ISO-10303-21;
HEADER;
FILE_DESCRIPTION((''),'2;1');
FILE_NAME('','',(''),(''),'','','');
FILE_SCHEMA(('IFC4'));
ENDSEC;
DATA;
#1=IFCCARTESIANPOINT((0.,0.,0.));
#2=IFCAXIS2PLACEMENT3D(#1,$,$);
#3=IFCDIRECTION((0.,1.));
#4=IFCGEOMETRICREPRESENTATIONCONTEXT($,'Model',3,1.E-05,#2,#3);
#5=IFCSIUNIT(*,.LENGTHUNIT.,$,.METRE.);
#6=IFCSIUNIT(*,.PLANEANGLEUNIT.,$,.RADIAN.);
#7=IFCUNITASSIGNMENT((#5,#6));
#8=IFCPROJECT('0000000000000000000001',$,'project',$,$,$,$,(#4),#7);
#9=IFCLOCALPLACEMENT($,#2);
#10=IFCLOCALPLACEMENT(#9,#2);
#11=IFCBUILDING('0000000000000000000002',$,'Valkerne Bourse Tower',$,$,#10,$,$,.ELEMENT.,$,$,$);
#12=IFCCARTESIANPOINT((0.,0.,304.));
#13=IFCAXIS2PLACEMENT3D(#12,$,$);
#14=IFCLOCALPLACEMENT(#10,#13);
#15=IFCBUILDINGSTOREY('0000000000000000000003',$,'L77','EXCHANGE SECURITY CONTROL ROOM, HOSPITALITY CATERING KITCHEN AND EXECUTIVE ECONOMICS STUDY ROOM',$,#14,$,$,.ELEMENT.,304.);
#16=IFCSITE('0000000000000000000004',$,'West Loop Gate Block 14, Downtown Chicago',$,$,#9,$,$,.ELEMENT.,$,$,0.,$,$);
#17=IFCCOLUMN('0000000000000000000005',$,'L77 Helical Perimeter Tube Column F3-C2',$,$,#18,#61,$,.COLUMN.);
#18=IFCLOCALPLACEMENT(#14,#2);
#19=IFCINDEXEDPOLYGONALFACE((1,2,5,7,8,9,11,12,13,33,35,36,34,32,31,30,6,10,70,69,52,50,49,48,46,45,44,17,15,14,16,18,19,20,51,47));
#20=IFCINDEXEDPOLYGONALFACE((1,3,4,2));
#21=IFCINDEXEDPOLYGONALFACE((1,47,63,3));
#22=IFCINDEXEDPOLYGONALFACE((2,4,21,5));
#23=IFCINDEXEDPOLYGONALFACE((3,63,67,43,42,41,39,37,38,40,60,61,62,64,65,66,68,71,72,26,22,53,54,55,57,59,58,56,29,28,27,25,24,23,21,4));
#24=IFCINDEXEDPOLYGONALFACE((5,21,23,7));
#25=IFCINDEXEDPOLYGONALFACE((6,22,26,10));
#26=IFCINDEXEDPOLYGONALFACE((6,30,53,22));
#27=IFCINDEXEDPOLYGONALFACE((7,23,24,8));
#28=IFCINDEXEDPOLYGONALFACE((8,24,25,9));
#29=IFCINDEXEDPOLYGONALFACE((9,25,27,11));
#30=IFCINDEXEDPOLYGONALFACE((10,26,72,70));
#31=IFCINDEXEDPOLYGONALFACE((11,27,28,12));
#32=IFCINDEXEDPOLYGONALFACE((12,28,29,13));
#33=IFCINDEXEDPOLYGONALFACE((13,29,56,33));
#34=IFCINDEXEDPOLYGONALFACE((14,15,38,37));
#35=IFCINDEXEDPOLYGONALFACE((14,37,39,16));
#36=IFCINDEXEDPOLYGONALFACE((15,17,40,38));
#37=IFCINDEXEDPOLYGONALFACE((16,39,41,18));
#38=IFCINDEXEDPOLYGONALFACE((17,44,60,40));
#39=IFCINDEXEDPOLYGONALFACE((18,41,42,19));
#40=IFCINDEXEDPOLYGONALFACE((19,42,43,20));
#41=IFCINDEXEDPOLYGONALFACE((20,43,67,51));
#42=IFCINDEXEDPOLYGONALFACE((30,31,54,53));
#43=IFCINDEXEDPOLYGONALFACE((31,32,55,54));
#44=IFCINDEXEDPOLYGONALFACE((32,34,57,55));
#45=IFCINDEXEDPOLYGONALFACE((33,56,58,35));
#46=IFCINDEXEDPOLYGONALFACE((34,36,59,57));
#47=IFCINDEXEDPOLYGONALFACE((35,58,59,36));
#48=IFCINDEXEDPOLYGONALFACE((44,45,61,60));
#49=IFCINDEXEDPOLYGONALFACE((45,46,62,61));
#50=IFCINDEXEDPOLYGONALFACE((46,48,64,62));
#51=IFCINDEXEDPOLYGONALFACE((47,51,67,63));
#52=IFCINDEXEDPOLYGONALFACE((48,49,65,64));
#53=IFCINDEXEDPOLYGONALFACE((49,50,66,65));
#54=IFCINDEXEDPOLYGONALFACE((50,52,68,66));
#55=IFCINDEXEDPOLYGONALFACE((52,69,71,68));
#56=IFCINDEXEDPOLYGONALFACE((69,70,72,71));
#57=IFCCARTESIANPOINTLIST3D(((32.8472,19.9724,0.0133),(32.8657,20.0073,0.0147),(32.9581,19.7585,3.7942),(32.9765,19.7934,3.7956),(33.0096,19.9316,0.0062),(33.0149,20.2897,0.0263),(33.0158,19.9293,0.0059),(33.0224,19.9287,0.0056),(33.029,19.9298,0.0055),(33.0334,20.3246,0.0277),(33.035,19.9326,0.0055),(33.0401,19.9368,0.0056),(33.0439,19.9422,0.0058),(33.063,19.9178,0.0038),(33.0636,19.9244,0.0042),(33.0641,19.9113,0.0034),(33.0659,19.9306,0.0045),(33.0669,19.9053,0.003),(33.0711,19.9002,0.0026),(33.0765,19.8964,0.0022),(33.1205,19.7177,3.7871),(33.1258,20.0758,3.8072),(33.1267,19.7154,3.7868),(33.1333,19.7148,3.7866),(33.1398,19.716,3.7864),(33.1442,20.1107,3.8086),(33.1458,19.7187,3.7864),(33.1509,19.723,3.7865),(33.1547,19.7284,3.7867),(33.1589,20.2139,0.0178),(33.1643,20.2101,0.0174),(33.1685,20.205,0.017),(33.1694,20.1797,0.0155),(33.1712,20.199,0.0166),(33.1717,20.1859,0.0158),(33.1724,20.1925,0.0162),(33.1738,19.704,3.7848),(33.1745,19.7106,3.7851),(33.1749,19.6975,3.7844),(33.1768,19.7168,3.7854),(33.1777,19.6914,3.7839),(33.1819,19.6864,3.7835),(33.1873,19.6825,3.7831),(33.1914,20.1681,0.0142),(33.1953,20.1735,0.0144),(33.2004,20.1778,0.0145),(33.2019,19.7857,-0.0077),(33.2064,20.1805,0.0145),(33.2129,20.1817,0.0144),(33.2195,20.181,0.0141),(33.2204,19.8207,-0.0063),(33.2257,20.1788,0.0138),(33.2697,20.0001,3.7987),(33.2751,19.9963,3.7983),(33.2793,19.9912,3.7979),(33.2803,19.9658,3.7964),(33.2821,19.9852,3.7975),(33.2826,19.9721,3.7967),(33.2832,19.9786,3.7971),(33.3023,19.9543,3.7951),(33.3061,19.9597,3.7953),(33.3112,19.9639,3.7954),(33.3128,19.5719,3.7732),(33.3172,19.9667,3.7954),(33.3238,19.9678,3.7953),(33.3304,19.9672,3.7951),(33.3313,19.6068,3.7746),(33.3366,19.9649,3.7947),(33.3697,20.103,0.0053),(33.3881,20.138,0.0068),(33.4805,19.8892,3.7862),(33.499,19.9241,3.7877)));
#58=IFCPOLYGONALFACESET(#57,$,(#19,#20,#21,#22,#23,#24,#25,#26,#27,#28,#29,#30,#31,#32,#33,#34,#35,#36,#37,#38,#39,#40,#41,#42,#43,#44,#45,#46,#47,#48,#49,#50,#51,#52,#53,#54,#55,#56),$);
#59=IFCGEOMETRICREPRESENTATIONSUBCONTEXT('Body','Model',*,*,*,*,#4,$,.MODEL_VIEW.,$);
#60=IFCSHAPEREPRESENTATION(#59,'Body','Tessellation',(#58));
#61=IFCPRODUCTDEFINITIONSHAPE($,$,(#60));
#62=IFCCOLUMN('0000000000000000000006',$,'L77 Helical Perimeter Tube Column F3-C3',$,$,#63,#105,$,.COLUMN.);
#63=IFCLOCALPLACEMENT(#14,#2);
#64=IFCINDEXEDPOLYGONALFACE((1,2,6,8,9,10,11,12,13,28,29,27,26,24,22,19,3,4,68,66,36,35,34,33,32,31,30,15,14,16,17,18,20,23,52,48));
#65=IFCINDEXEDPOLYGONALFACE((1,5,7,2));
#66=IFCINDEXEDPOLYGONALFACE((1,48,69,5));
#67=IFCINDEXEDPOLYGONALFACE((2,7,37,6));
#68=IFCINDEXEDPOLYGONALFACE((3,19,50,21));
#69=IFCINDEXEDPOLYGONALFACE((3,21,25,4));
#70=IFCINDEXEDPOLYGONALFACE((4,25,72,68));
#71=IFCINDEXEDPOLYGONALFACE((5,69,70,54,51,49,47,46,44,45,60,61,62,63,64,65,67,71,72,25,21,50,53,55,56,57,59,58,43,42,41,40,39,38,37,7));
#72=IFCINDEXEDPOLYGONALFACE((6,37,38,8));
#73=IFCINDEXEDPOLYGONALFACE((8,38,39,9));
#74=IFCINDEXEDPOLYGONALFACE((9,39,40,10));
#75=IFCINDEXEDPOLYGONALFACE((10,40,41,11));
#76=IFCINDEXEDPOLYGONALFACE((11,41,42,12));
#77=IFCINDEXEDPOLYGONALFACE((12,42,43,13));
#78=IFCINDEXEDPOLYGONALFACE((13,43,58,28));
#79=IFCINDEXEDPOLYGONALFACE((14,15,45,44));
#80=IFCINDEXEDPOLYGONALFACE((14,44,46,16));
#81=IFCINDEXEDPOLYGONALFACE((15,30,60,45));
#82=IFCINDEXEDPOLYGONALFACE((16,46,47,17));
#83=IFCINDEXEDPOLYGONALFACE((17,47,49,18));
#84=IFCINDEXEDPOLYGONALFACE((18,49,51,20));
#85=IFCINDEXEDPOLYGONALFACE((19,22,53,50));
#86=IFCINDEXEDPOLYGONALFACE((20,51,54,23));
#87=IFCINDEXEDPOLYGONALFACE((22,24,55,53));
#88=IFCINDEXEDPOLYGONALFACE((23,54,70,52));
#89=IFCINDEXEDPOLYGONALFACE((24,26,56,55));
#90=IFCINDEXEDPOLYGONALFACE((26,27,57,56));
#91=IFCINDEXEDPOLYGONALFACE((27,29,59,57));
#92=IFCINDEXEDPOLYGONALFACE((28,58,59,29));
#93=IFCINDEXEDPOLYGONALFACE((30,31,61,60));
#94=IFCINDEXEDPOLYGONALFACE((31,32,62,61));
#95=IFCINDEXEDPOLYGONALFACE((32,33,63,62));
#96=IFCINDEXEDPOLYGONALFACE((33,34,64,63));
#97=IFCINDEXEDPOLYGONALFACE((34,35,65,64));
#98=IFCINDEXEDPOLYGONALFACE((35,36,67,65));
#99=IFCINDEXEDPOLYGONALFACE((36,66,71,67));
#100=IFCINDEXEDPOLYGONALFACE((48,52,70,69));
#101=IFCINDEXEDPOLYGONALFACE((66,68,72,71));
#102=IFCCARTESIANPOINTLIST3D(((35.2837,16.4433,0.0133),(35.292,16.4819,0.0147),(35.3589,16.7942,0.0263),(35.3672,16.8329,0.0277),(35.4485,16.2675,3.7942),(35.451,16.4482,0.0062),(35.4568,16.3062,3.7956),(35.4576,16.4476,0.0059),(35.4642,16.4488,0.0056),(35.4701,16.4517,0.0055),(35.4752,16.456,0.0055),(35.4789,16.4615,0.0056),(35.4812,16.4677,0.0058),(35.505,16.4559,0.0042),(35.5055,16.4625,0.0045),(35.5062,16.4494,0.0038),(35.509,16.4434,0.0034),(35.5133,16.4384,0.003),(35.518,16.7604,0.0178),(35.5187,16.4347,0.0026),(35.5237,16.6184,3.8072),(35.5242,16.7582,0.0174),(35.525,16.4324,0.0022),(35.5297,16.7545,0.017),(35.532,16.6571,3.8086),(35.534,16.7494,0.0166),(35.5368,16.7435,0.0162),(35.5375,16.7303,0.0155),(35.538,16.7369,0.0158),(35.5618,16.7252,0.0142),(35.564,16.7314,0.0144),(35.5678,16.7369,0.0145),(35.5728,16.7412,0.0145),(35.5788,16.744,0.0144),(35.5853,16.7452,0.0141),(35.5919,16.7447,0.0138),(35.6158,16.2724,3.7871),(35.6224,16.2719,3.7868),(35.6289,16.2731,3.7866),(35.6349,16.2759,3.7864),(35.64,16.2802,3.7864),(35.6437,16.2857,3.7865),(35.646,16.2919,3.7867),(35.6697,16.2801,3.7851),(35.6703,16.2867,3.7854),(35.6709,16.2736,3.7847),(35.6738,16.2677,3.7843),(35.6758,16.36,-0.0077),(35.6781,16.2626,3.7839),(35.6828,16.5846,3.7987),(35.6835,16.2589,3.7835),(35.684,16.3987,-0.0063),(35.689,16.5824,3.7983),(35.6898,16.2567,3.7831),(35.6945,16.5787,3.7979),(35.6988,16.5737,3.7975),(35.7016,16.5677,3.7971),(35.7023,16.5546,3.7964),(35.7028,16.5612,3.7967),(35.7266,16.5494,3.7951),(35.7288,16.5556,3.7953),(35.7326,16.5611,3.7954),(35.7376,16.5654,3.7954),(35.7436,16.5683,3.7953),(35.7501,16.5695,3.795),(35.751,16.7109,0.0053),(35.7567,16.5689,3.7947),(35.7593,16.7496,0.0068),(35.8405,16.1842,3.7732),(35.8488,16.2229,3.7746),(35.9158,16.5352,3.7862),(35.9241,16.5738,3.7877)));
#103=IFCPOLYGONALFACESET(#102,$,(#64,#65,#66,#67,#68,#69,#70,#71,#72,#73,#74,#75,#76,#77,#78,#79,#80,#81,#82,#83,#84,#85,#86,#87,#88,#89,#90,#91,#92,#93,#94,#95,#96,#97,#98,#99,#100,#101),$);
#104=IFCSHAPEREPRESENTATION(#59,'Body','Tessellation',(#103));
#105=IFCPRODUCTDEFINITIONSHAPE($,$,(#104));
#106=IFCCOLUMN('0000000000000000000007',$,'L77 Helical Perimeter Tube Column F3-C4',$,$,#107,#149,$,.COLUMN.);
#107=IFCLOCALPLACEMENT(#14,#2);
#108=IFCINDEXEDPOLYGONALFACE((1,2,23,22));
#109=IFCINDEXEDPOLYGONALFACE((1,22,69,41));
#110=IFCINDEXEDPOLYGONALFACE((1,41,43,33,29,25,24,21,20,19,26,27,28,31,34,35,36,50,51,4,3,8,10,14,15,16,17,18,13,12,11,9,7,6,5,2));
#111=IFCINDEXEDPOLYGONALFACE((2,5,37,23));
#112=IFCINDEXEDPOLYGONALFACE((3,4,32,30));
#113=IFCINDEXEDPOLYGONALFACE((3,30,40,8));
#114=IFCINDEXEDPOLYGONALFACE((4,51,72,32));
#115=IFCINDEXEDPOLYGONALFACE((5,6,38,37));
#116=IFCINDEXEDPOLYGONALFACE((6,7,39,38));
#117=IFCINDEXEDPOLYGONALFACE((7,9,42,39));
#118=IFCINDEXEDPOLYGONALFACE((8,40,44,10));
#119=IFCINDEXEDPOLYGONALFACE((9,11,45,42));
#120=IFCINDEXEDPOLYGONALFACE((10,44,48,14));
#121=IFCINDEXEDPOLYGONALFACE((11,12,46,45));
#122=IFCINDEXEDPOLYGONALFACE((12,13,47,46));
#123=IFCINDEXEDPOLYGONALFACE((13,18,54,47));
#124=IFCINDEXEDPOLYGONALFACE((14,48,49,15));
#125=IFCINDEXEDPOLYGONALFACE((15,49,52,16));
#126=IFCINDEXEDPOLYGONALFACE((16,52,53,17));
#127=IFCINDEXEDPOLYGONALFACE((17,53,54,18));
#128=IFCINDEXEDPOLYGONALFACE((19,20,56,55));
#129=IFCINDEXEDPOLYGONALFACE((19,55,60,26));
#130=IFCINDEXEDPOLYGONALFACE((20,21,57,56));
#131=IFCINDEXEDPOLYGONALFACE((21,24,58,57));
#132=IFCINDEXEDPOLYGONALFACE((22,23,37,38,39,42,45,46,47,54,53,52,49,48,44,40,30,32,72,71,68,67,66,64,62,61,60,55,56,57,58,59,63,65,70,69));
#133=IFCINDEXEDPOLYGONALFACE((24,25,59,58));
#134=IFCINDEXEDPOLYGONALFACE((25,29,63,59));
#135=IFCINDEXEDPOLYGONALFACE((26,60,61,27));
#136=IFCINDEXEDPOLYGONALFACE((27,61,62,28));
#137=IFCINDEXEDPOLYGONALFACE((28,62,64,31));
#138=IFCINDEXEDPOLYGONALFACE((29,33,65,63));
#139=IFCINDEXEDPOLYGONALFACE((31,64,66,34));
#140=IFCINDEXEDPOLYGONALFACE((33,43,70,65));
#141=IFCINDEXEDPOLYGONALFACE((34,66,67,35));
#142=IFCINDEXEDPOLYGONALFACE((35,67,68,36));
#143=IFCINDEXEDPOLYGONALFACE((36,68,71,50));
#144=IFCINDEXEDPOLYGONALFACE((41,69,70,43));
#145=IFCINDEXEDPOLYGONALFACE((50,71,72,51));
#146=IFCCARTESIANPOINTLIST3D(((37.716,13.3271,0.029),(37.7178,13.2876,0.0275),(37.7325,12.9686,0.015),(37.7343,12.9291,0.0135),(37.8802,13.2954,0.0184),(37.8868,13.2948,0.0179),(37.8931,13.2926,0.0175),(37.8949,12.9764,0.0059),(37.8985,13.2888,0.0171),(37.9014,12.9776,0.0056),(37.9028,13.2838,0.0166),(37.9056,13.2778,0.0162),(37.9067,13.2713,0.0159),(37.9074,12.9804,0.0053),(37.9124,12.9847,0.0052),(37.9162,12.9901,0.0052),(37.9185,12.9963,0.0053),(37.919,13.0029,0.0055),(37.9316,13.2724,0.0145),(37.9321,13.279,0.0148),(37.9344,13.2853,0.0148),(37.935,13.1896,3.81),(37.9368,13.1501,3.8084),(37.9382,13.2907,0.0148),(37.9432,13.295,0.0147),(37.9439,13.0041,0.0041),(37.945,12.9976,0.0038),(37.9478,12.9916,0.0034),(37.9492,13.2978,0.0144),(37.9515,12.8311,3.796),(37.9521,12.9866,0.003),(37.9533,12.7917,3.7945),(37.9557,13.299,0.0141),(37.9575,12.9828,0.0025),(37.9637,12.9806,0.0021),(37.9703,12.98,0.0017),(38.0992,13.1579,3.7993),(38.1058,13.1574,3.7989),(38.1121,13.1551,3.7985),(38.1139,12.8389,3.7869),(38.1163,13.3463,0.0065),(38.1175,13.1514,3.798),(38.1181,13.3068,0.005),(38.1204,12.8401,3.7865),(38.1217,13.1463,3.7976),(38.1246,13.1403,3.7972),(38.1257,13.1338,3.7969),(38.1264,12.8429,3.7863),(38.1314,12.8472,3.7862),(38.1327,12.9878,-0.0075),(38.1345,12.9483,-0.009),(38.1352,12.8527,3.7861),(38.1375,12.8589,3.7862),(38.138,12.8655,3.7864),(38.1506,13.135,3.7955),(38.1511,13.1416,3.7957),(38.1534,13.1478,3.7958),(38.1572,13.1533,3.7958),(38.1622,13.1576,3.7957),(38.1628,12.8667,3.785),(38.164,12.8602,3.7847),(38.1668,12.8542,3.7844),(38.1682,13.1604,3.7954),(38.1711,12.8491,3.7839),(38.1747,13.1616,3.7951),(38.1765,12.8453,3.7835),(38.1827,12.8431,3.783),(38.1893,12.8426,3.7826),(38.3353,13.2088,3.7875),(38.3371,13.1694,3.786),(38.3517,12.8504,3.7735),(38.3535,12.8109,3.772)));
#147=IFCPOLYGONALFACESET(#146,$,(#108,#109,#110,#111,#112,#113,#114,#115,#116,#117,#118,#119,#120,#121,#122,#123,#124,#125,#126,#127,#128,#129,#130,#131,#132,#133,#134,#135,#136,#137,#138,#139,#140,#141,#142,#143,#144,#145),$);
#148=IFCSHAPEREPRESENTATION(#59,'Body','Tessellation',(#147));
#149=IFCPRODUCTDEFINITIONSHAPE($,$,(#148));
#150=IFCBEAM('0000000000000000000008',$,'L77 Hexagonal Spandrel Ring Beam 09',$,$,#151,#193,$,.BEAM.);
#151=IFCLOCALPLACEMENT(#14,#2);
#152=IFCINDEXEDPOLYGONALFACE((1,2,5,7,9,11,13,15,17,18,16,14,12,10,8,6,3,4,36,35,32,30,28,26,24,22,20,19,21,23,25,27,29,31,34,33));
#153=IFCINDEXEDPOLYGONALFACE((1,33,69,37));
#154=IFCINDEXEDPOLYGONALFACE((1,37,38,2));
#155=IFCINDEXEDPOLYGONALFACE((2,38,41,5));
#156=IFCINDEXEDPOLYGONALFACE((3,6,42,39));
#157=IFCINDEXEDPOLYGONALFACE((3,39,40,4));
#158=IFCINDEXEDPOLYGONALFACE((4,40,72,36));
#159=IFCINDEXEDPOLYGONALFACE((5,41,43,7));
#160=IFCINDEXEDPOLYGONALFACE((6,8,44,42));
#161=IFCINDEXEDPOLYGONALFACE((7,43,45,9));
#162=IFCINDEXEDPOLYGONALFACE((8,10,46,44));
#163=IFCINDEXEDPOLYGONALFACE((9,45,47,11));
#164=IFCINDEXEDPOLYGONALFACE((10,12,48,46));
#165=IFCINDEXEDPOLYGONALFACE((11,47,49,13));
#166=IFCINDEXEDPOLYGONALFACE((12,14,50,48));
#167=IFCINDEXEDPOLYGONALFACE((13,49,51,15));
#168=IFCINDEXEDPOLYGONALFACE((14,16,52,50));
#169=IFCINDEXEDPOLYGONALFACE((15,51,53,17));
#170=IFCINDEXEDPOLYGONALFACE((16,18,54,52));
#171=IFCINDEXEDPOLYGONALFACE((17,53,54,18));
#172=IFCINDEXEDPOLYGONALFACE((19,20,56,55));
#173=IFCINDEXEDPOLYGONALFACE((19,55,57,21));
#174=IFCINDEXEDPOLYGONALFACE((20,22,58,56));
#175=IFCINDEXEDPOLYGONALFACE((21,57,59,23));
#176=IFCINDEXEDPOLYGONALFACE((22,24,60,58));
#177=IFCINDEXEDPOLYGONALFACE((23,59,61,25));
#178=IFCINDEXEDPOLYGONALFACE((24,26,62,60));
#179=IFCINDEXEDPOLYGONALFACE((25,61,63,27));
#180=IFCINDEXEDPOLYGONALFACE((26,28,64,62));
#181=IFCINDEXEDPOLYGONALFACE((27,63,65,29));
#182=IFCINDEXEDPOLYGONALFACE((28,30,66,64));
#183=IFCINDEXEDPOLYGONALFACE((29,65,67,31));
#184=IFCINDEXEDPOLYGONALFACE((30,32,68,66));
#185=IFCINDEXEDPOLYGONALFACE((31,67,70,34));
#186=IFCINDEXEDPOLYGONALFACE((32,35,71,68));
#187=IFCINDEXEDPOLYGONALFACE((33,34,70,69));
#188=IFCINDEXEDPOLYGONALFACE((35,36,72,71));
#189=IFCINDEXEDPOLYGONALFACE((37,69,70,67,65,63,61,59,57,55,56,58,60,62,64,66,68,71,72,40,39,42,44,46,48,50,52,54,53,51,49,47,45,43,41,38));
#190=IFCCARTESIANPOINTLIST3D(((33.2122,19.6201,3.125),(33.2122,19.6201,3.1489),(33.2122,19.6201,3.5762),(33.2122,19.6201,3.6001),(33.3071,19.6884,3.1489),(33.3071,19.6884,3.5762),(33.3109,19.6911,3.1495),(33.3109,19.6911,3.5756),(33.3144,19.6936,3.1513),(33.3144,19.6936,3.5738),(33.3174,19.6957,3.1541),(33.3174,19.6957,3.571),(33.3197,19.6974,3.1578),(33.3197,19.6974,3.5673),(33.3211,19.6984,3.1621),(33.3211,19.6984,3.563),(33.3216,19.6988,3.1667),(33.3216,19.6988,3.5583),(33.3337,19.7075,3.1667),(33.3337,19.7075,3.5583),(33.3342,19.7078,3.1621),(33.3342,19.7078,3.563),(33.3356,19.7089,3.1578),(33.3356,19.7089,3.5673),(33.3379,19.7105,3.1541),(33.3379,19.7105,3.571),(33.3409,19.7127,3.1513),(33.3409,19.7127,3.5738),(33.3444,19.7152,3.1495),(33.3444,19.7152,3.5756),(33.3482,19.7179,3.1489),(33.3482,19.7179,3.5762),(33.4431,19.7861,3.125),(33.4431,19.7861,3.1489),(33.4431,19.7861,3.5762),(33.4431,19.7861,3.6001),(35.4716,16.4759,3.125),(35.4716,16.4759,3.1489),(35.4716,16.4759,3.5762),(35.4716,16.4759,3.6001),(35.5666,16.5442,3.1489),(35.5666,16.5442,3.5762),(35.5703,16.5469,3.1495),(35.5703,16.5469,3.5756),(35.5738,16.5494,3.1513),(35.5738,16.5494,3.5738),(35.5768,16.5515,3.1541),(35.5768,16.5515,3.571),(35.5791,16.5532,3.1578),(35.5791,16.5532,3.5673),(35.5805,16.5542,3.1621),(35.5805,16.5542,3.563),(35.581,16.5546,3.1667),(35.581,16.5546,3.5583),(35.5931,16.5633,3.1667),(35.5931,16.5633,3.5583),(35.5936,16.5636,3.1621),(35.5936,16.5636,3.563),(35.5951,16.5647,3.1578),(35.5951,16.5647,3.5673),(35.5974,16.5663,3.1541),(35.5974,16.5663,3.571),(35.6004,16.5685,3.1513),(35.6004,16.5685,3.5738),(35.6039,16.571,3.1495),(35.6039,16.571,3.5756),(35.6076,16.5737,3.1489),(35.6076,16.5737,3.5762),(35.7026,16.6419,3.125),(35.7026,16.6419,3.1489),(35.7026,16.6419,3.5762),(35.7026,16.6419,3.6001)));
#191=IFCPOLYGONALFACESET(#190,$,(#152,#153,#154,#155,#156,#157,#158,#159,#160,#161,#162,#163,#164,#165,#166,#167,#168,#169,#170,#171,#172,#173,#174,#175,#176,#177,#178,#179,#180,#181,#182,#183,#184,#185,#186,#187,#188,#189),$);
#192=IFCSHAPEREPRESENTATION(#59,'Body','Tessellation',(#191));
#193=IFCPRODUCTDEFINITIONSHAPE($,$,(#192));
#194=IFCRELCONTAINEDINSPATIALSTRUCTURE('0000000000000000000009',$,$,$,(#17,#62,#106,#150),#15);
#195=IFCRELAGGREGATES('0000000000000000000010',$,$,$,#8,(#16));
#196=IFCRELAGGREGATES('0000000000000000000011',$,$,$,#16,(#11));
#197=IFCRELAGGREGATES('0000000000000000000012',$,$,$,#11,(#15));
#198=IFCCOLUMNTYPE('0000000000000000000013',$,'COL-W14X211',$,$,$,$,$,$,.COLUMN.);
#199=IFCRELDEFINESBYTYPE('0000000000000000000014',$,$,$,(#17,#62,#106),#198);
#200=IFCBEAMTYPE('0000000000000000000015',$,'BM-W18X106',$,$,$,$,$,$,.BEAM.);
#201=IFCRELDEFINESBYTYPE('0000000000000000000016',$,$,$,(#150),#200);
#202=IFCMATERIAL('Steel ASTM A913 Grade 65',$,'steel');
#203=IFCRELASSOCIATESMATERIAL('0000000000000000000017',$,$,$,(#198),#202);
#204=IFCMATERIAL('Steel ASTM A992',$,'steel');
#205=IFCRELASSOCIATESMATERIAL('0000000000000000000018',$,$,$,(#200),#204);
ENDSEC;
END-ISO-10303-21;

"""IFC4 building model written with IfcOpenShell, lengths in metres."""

from ifc_helpers import new_model, si_unit, direction, frame, origin, origin_2d, place, context, subcontext, project, spatial, i_section, extrude, material, material_profile, profile_set, type_object, element, save


model = new_model("IFC4")

# Units and contexts
model_context = context("Model", 3, precision=1e-05, world=origin(), true_north=direction((0.0, 1.0)))
body_context = subcontext(model_context, "Body", "Model", "MODEL_VIEW")
ifc_project = project(units=[si_unit("LENGTHUNIT", "METRE"), si_unit("PLANEANGLEUNIT", "RADIAN")], contexts=[model_context])

# Site, building, storey
site_placement = place(None, origin())
site = spatial("IfcSite", under=ifc_project, at=site_placement, Name="West Loop Gate Block 14, Downtown Chicago", CompositionType="ELEMENT", RefElevation=0.0)
building_placement = place(site_placement, origin())
building = spatial("IfcBuilding", under=site, at=building_placement, Name="Valkerne Bourse Tower", CompositionType="ELEMENT")
storey_placement = place(building_placement, frame((0.0, 0.0, 304.0)))
storey = spatial("IfcBuildingStorey", under=building, at=storey_placement, Name="L77", Description="EXCHANGE SECURITY CONTROL ROOM, HOSPITALITY CATERING KITCHEN AND EXECUTIVE ECONOMICS STUDY ROOM", CompositionType="ELEMENT", Elevation=304.0)

# Columns
ifc_material_1 = material(Name="Steel ASTM A913 Grade 65", Category="steel")
ifc_material_profile_1 = material_profile(ifc_material_1, i_section(OverallWidth=0.4014, OverallDepth=0.3987, WebThickness=0.0249, FlangeThickness=0.0396, FilletRadius=0.0254, at=origin_2d()), Name="W14X211")
ifc_profile_set_1 = profile_set([ifc_material_profile_1], Name="Steel ASTM A913 Grade 65")
column_type = type_object("IfcColumnType", Name="COL-W14X211", PredefinedType="COLUMN", material=ifc_profile_set_1)
for number, where, z_axis, x_axis, name in (
    (1, (33.1177, 20.0552, 0.01), (0.029256, -0.056449, 0.997977), (0.883785, -0.464971, -0.052209), "L77 Helical Perimeter Tube Column F3-C2"),
    (2, (35.5215, 16.5964, 0.01), (0.043497, -0.046396, 0.997976), (0.976838, -0.207512, -0.052223), "L77 Helical Perimeter Tube Column F3-C3"),
):
    element("IfcColumn", number, at=place(storey_placement, frame(where, z_axis=z_axis, x_axis=x_axis)), inside=storey, type_object=column_type, Name=name, PredefinedType="COLUMN", context=body_context, shape_type="SweptSolid", body=[
        extrude(i_section(OverallWidth=0.4014, OverallDepth=0.3987, WebThickness=0.0249, FlangeThickness=0.0396, FilletRadius=0.0254, at=origin_2d()), origin(), (0.0, 0.0, 1.0), 3.7886),
    ])
column_placement = place(storey_placement, frame((37.9253, 13.1377, 0.01), z_axis=(0.057785, -0.036268, 0.99767), x_axis=(0.997281, 0.047873, -0.056022)))
element("IfcColumn", 3, at=column_placement, inside=storey, type_object=column_type, Name="L77 Helical Perimeter Tube Column F3-C4", PredefinedType="COLUMN", context=body_context, shape_type="SweptSolid", body=[
    extrude(i_section(OverallWidth=0.4014, OverallDepth=0.3987, WebThickness=0.0249, FlangeThickness=0.0396, FilletRadius=0.0254, at=origin_2d()), origin(), (0.0, 0.0, 1.0), 3.7898),
])

# Beam
ifc_material_2 = material(Name="Steel ASTM A992", Category="steel")
ifc_material_profile_2 = material_profile(ifc_material_2, i_section(OverallWidth=0.2844, OverallDepth=0.4751, WebThickness=0.0149, FlangeThickness=0.0239, FilletRadius=0.0178, at=origin_2d()), Name="W18X106")
ifc_profile_set_2 = profile_set([ifc_material_profile_2], Name="Steel ASTM A992")
beam_type_1 = type_object("IfcBeamType", Name="BM-W18X106", PredefinedType="BEAM", material=ifc_profile_set_2)
beam_1_placement = place(storey_placement, frame((33.3276, 19.7031, 3.3625), z_axis=(0.583562, -0.812069, 0.0), x_axis=(0.812069, 0.583562, 0.0)))
element("IfcBeam", 4, at=beam_1_placement, inside=storey, type_object=beam_type_1, Name="L77 Hexagonal Spandrel Ring Beam 09", PredefinedType="BEAM", context=body_context, shape_type="SweptSolid", body=[
    extrude(i_section(OverallWidth=0.2844, OverallDepth=0.4751, WebThickness=0.0149, FlangeThickness=0.0239, FilletRadius=0.0178, at=origin_2d()), origin(), (0.0, 0.0, 1.0), 3.8718),
])

save(model, "model.ifc")
